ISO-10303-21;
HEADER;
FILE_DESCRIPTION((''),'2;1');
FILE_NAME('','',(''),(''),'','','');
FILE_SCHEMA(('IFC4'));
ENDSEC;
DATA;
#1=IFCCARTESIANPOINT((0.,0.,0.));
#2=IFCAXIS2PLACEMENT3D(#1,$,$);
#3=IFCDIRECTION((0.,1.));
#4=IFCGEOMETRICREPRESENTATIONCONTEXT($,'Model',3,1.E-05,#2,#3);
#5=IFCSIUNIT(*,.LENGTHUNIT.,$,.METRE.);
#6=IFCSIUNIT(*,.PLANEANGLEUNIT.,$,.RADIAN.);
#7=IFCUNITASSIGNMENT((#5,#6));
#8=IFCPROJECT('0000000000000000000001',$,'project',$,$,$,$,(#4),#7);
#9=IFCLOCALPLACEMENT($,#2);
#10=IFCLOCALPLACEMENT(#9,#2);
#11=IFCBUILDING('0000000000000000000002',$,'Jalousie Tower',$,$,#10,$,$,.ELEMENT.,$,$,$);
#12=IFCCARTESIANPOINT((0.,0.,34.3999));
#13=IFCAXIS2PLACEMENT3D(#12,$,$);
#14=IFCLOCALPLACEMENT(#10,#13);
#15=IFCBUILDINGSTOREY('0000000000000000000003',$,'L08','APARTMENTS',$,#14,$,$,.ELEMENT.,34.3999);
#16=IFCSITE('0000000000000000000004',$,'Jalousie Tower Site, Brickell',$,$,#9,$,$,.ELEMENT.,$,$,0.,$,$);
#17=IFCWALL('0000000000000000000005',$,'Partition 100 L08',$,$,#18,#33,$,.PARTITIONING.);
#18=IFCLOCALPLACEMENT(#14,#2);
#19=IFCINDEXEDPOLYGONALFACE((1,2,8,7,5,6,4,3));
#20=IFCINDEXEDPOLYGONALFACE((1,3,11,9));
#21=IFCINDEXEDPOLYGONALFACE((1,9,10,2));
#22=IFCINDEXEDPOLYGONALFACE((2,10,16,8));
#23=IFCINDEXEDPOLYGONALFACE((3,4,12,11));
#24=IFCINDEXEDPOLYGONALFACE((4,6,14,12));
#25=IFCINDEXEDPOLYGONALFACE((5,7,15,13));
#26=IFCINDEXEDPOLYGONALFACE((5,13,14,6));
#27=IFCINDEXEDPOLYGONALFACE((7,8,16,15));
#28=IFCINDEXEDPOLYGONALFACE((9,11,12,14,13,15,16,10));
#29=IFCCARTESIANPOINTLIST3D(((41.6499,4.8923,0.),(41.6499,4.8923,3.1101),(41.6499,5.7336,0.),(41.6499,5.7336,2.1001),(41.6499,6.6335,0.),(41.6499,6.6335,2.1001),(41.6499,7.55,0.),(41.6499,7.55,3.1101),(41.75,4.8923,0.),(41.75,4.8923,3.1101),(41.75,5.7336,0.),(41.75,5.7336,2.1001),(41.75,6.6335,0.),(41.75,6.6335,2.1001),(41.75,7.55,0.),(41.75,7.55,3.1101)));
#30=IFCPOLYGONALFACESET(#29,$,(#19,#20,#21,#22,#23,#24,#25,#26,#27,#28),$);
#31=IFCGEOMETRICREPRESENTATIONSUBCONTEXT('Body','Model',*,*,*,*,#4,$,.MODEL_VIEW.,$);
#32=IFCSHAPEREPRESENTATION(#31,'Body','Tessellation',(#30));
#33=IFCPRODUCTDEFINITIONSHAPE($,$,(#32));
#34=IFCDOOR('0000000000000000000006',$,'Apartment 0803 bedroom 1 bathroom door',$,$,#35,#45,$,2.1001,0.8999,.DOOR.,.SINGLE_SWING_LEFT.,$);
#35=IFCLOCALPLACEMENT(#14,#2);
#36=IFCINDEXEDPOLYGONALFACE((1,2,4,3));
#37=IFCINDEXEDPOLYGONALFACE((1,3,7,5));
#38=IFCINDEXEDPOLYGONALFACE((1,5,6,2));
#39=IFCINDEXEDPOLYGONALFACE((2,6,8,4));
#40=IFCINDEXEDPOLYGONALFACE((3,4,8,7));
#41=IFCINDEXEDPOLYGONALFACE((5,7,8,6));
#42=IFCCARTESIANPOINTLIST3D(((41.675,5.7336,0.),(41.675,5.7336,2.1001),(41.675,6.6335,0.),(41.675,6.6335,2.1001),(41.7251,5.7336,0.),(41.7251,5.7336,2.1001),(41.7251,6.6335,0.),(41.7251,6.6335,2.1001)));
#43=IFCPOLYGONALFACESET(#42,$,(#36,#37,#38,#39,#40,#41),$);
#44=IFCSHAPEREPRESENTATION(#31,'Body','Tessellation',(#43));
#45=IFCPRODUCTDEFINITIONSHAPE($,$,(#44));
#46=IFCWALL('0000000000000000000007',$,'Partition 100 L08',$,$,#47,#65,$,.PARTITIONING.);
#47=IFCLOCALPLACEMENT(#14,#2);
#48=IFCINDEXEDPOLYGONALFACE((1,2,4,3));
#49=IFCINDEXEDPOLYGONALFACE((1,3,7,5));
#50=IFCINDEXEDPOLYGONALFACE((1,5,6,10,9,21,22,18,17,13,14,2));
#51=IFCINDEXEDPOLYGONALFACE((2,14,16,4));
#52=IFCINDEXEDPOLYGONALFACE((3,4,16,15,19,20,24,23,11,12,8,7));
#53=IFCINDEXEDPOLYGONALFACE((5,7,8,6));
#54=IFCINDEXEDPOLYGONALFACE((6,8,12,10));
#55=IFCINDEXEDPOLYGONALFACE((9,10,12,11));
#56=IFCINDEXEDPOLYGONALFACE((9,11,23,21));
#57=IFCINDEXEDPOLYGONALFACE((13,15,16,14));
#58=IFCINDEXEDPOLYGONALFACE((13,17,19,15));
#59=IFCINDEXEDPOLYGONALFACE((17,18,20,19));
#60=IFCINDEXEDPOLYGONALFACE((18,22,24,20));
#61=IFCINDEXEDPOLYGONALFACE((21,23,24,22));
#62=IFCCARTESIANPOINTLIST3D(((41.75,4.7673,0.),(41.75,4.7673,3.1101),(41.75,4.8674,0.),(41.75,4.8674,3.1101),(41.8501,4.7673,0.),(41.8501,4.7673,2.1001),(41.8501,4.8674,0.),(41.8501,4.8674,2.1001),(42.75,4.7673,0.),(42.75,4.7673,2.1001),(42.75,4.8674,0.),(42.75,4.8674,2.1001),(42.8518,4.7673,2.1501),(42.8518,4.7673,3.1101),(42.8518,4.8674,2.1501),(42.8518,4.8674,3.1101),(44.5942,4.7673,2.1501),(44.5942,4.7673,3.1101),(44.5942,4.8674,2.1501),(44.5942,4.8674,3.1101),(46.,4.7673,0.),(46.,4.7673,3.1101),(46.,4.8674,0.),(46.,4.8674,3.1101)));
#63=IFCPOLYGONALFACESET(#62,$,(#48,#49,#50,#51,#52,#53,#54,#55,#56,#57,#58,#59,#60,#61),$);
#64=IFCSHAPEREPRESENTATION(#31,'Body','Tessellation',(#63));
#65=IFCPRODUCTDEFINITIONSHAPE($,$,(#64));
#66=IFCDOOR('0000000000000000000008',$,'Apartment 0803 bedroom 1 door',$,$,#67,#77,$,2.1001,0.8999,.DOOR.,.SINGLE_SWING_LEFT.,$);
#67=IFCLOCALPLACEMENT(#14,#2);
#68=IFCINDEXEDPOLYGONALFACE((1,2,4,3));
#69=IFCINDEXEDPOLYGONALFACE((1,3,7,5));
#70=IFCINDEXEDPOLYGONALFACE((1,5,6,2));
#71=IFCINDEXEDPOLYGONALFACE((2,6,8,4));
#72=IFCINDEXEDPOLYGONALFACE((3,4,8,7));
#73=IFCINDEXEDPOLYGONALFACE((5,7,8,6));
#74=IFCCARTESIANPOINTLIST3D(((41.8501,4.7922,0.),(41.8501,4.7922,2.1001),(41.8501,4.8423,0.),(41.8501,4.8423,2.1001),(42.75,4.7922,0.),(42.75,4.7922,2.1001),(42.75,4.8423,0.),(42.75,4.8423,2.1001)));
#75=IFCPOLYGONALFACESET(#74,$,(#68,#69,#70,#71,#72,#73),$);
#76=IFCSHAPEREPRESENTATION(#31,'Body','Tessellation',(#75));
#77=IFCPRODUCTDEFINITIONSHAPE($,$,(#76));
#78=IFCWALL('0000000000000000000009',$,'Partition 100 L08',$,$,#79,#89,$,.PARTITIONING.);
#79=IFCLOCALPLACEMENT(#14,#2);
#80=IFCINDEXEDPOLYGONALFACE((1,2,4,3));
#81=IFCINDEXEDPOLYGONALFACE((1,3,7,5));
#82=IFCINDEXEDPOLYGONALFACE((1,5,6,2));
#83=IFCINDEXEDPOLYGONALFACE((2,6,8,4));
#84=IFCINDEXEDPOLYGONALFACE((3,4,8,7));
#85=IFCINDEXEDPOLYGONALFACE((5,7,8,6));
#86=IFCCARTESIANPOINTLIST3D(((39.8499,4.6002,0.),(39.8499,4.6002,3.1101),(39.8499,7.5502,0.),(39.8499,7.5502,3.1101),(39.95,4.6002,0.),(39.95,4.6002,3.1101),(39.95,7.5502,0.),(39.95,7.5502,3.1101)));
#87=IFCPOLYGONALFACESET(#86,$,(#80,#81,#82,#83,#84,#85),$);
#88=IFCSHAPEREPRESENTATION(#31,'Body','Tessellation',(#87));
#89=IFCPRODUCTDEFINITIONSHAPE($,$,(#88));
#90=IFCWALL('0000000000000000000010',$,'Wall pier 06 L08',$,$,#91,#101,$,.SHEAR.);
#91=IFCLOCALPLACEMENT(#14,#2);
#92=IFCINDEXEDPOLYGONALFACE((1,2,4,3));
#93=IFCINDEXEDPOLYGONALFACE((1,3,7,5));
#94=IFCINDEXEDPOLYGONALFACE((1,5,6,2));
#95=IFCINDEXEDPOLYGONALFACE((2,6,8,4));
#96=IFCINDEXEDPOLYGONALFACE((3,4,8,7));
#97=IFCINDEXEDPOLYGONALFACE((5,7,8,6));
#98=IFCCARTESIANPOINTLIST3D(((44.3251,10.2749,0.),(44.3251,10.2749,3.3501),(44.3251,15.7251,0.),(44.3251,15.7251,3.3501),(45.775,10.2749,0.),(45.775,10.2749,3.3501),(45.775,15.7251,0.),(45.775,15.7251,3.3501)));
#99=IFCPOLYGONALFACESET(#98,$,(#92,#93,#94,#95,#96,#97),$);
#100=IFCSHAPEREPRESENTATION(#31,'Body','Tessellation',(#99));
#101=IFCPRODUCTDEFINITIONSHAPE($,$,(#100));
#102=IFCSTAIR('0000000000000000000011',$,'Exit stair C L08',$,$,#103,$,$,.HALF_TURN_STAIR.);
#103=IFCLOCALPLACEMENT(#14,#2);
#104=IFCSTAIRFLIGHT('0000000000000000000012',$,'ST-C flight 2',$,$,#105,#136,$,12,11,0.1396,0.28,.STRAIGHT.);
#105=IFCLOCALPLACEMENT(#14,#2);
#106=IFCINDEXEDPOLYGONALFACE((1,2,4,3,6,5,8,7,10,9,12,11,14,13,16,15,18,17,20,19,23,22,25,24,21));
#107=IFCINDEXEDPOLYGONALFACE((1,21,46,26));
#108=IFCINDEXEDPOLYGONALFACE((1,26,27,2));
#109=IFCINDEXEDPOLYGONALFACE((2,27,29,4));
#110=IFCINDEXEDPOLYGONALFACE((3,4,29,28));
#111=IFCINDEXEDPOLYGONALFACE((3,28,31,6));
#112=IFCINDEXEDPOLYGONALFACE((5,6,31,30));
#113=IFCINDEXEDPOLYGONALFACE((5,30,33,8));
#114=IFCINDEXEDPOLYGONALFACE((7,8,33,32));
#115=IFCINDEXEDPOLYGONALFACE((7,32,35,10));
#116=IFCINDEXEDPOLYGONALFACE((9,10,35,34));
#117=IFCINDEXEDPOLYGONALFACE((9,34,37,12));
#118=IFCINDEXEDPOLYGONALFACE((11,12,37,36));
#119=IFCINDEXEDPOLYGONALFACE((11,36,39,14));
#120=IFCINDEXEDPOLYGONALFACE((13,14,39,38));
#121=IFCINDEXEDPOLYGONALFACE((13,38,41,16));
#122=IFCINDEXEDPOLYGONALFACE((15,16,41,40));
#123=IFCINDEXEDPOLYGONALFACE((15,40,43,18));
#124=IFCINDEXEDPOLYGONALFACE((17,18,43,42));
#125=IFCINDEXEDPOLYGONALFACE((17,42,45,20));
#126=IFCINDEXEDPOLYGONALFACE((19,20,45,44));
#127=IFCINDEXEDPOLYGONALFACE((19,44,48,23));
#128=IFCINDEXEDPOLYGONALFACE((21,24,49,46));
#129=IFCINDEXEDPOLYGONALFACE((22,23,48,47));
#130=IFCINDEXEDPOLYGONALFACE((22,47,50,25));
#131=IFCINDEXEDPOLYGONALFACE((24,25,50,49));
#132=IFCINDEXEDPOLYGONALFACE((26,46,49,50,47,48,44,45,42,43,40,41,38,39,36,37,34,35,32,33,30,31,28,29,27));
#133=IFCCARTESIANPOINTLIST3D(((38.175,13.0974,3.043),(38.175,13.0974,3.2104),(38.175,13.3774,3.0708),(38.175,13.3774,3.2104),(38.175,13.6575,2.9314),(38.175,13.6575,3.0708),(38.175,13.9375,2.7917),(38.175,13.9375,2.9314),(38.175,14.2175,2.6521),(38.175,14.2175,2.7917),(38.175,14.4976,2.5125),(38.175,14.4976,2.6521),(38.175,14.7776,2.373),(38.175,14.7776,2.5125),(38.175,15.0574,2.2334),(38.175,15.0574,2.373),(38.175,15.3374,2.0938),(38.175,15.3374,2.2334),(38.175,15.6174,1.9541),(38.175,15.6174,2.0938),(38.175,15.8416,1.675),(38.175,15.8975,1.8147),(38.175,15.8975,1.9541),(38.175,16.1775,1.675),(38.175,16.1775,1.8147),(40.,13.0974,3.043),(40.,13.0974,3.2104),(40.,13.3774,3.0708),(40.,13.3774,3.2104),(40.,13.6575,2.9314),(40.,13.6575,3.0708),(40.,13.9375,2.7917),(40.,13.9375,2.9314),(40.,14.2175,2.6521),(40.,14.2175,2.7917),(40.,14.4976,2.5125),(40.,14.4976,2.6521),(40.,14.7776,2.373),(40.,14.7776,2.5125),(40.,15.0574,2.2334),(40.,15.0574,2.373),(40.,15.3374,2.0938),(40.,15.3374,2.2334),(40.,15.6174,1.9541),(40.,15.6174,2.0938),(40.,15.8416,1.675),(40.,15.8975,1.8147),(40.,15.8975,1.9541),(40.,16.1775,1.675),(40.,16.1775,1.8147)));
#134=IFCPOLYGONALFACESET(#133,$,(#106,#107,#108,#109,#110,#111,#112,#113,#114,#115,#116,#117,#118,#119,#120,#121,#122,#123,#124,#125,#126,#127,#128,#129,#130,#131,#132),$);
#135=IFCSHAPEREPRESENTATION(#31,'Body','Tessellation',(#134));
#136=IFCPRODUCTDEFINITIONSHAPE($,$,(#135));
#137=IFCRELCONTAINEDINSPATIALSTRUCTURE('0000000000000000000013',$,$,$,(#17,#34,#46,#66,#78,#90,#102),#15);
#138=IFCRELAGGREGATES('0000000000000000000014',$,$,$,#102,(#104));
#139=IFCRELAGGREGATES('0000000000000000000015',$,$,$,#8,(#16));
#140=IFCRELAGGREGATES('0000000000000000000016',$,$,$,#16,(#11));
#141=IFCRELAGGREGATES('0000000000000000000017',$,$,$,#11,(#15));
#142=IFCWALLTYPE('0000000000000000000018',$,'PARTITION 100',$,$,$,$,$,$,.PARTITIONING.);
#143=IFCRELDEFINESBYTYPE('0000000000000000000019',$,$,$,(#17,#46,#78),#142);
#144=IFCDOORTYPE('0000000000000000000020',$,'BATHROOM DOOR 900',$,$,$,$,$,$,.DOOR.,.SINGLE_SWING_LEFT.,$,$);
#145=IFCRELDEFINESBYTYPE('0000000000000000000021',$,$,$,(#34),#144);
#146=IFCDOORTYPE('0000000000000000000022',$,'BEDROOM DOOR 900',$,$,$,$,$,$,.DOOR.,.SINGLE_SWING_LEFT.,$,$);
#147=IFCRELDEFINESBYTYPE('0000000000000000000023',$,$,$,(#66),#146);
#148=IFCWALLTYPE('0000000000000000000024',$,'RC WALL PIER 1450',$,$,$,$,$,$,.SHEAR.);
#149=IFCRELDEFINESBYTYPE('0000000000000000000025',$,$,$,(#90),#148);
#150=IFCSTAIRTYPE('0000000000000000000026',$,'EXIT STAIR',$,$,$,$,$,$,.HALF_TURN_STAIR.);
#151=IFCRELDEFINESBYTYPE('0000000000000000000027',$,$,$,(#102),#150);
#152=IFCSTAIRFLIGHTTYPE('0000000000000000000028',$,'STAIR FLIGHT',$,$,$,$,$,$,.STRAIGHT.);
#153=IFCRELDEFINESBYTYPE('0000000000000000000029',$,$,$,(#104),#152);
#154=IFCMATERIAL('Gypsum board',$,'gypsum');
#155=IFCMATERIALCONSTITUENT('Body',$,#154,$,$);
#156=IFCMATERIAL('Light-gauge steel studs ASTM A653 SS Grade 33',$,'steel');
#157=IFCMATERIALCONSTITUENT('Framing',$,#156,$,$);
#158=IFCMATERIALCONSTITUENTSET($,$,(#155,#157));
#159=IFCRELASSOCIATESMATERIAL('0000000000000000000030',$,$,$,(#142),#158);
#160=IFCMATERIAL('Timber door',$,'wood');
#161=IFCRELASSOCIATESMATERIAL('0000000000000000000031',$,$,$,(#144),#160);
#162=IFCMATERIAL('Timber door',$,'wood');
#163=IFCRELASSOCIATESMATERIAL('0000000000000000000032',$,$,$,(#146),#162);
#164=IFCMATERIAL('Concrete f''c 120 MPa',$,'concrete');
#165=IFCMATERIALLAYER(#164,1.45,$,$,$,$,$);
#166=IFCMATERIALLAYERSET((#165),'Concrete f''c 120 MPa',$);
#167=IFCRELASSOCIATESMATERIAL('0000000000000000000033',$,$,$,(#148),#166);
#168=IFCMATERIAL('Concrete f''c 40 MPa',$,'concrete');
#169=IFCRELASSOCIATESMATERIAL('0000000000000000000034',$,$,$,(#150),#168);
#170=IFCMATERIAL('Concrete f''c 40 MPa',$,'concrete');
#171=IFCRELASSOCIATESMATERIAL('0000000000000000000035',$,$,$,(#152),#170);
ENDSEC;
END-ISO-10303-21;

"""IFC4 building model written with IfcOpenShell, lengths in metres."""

from ifc_helpers import new_model, si_unit, direction, frame, frame_2d, origin, place, context, subcontext, project, spatial, polyline, rectangle, outline, extrude, material, layer, layer_set, constituent, constituent_set, type_object, element, fill, aggregate, save


model = new_model("IFC4")

# Units and contexts
model_context = context("Model", 3, precision=1e-05, world=origin(), true_north=direction((0.0, 1.0)))
body_context = subcontext(model_context, "Body", "Model", "MODEL_VIEW")
ifc_project = project(units=[si_unit("LENGTHUNIT", "METRE"), si_unit("PLANEANGLEUNIT", "RADIAN")], contexts=[model_context])

# Site, building, storey
site_placement = place(None, origin())
site = spatial("IfcSite", under=ifc_project, at=site_placement, Name="Jalousie Tower Site, Brickell", CompositionType="ELEMENT", RefElevation=0.0)
building_placement = place(site_placement, origin())
building = spatial("IfcBuilding", under=site, at=building_placement, Name="Jalousie Tower", CompositionType="ELEMENT")
storey_placement = place(building_placement, frame((0.0, 0.0, 34.3999)))
storey = spatial("IfcBuildingStorey", under=building, at=storey_placement, Name="L08", Description="APARTMENTS", CompositionType="ELEMENT", Elevation=34.3999)

# Walls, openings, doors
ifc_material_1 = material(Name="Gypsum board", Category="gypsum")
ifc_constituent_1 = constituent(ifc_material_1, Name="Body")
ifc_material_2 = material(Name="Light-gauge steel studs ASTM A653 SS Grade 33", Category="steel")
ifc_constituent_2 = constituent(ifc_material_2, Name="Framing")
ifc_constituent_set_1 = constituent_set(constituents=[ifc_constituent_1, ifc_constituent_2])
wall_type_1 = type_object("IfcWallType", Name="PARTITION 100", PredefinedType="PARTITIONING", material=ifc_constituent_set_1)
wall_1_placement = place(storey_placement, frame((41.7, 4.8923, 0.0), z_axis=(0.0, 0.0, 1.0), x_axis=(0.0, 1.0, 0.0)))
wall_1 = element("IfcWall", 1, at=wall_1_placement, inside=storey, type_object=wall_type_1, Name="Partition 100 L08", PredefinedType="PARTITIONING", context=body_context, shape_type="SweptSolid", body=[
    extrude(rectangle(XDim=2.6577, YDim=0.1001, at=frame_2d((1.3289, 0.0))), origin(), (0.0, 0.0, 1.0), 3.1101),
])
opening_1_placement = place(wall_1_placement, frame((0.8413, 0.0, 0.0)))
opening_1 = element("IfcOpeningElement", 2, at=opening_1_placement, cuts=wall_1, PredefinedType="OPENING", context=body_context, shape_type="SweptSolid", body=[
    extrude(rectangle(XDim=0.8999, YDim=2.1001, at=frame_2d((0.45, 1.05))), frame((0.0, 0.0601, 0.0), z_axis=(0.0, -1.0, 0.0), x_axis=(1.0, 0.0, 0.0)), (0.0, 0.0, 1.0), 0.1201),
])
ifc_material_3 = material(Name="Timber door", Category="wood")
door_type_1 = type_object("IfcDoorType", Name="BATHROOM DOOR 900", OperationType="SINGLE_SWING_LEFT", PredefinedType="DOOR", material=ifc_material_3)
door_1_placement = place(opening_1_placement, origin())
door_1 = element("IfcDoor", 3, at=door_1_placement, inside=storey, type_object=door_type_1, Name="Apartment 0803 bedroom 1 bathroom door", OperationType="SINGLE_SWING_LEFT", OverallHeight=2.1001, OverallWidth=0.8999, PredefinedType="DOOR", context=body_context, shape_type="SweptSolid", body=[
    extrude(rectangle(XDim=0.8999, YDim=2.1001, at=frame_2d((0.45, 1.05))), frame((0.0, 0.0249, 0.0), z_axis=(0.0, -1.0, 0.0), x_axis=(1.0, 0.0, 0.0)), (0.0, 0.0, 1.0), 0.05),
])
fill(opening_1, door_1)
wall_2_placement = place(storey_placement, frame((41.75, 4.8174, 0.0), z_axis=(0.0, 0.0, 1.0), x_axis=(1.0, 0.0, 0.0)))
wall_2 = element("IfcWall", 4, at=wall_2_placement, inside=storey, type_object=wall_type_1, Name="Partition 100 L08", PredefinedType="PARTITIONING", context=body_context, shape_type="SweptSolid", body=[
    extrude(outline(polyline([(0.0, 0.0), (4.25, 0.0), (4.25, 3.1101), (2.8442, 3.1101), (2.8442, 2.1501), (1.1018, 2.1501), (1.1018, 3.1101), (0.0, 3.1101), (0.0, 0.0)])), frame((0.0, 0.05, 0.0), z_axis=(0.0, -1.0, 0.0), x_axis=(1.0, 0.0, 0.0)), (0.0, 0.0, 1.0), 0.1001),
])
opening_2_placement = place(wall_2_placement, frame((0.1001, 0.0, 0.0)))
opening_2 = element("IfcOpeningElement", 5, at=opening_2_placement, cuts=wall_2, PredefinedType="OPENING", context=body_context, shape_type="SweptSolid", body=[
    extrude(rectangle(XDim=0.8999, YDim=2.1001, at=frame_2d((0.45, 1.05))), frame((0.0, 0.0601, 0.0), z_axis=(0.0, -1.0, 0.0), x_axis=(1.0, 0.0, 0.0)), (0.0, 0.0, 1.0), 0.1201),
])
ifc_material_4 = material(Name="Timber door", Category="wood")
door_type_2 = type_object("IfcDoorType", Name="BEDROOM DOOR 900", OperationType="SINGLE_SWING_LEFT", PredefinedType="DOOR", material=ifc_material_4)
door_2_placement = place(opening_2_placement, origin())
door_2 = element("IfcDoor", 6, at=door_2_placement, inside=storey, type_object=door_type_2, Name="Apartment 0803 bedroom 1 door", OperationType="SINGLE_SWING_LEFT", OverallHeight=2.1001, OverallWidth=0.8999, PredefinedType="DOOR", context=body_context, shape_type="SweptSolid", body=[
    extrude(rectangle(XDim=0.8999, YDim=2.1001, at=frame_2d((0.45, 1.05))), frame((0.0, 0.0249, 0.0), z_axis=(0.0, -1.0, 0.0), x_axis=(1.0, 0.0, 0.0)), (0.0, 0.0, 1.0), 0.05),
])
fill(opening_2, door_2)

# Walls
wall_3_placement = place(storey_placement, frame((39.8999, 4.6001, 0.0), z_axis=(0.0, 0.0, 1.0), x_axis=(0.0, 1.0, 0.0)))
element("IfcWall", 7, at=wall_3_placement, inside=storey, type_object=wall_type_1, Name="Partition 100 L08", PredefinedType="PARTITIONING", context=body_context, shape_type="SweptSolid", body=[
    extrude(rectangle(XDim=2.95, YDim=0.1001, at=frame_2d((1.4751, 0.0))), origin(), (0.0, 0.0, 1.0), 3.1101),
])
ifc_material_5 = material(Name="Concrete f'c 120 MPa", Category="concrete")
ifc_layer_1 = layer(ifc_material_5, 1.45)
ifc_layer_set_1 = layer_set([ifc_layer_1], Name="Concrete f'c 120 MPa")
wall_type_2 = type_object("IfcWallType", Name="RC WALL PIER 1450", PredefinedType="SHEAR", material=ifc_layer_set_1)
wall_4_placement = place(storey_placement, frame((45.05, 10.2749, 0.0), z_axis=(0.0, 0.0, 1.0), x_axis=(0.0, 1.0, 0.0)))
element("IfcWall", 8, at=wall_4_placement, inside=storey, type_object=wall_type_2, Name="Wall pier 06 L08", PredefinedType="SHEAR", context=body_context, shape_type="SweptSolid", body=[
    extrude(rectangle(XDim=5.4502, YDim=1.45, at=frame_2d((2.7251, 0.0))), origin(), (0.0, 0.0, 1.0), 3.3501),
])

# Stair, stair flight
ifc_material_6 = material(Name="Concrete f'c 40 MPa", Category="concrete")
stair_type = type_object("IfcStairType", Name="EXIT STAIR", PredefinedType="HALF_TURN_STAIR", material=ifc_material_6)
stair_placement = place(storey_placement, origin())
stair = element("IfcStair", 9, at=stair_placement, inside=storey, type_object=stair_type, Name="Exit stair C L08", PredefinedType="HALF_TURN_STAIR")
ifc_material_7 = material(Name="Concrete f'c 40 MPa", Category="concrete")
stair_flight_type = type_object("IfcStairFlightType", Name="STAIR FLIGHT", PredefinedType="STRAIGHT", material=ifc_material_7)
stair_flight_placement = place(storey_placement, frame((39.0874, 16.1775, 1.675), z_axis=(0.0, 0.0, 1.0), x_axis=(0.0, -1.0, 0.0)))
stair_flight = element("IfcStairFlight", 10, at=stair_flight_placement, type_object=stair_flight_type, Name="ST-C flight 2", NumberOfRisers=12, NumberOfTreads=11, PredefinedType="STRAIGHT", RiserHeight=0.1396, TreadLength=0.28, context=body_context, shape_type="SweptSolid", body=[
    extrude(outline(polyline([(0.0, 0.0), (0.0, 0.1396), (0.28, 0.1396), (0.28, 0.2791), (0.5601, 0.2791), (0.5601, 0.4187), (0.8401, 0.4187), (0.8401, 0.5583), (1.1201, 0.5583), (1.1201, 0.698), (1.3999, 0.698), (1.3999, 0.8374), (1.6799, 0.8374), (1.6799, 0.9771), (1.96, 0.9771), (1.96, 1.1167), (2.24, 1.1167), (2.24, 1.2563), (2.52, 1.2563), (2.52, 1.3958), (2.8, 1.3958), (2.8, 1.5354), (3.0801, 1.5354), (3.0801, 1.675), (3.0801, 1.3679), (0.3359, 0.0), (0.0, 0.0)])), frame((0.0, 0.9126, 0.0), z_axis=(0.0, -1.0, 0.0), x_axis=(1.0, 0.0, 0.0)), (0.0, 0.0, 1.0), 1.825),
])
aggregate(stair, [stair_flight])

save(model, "model.ifc")
